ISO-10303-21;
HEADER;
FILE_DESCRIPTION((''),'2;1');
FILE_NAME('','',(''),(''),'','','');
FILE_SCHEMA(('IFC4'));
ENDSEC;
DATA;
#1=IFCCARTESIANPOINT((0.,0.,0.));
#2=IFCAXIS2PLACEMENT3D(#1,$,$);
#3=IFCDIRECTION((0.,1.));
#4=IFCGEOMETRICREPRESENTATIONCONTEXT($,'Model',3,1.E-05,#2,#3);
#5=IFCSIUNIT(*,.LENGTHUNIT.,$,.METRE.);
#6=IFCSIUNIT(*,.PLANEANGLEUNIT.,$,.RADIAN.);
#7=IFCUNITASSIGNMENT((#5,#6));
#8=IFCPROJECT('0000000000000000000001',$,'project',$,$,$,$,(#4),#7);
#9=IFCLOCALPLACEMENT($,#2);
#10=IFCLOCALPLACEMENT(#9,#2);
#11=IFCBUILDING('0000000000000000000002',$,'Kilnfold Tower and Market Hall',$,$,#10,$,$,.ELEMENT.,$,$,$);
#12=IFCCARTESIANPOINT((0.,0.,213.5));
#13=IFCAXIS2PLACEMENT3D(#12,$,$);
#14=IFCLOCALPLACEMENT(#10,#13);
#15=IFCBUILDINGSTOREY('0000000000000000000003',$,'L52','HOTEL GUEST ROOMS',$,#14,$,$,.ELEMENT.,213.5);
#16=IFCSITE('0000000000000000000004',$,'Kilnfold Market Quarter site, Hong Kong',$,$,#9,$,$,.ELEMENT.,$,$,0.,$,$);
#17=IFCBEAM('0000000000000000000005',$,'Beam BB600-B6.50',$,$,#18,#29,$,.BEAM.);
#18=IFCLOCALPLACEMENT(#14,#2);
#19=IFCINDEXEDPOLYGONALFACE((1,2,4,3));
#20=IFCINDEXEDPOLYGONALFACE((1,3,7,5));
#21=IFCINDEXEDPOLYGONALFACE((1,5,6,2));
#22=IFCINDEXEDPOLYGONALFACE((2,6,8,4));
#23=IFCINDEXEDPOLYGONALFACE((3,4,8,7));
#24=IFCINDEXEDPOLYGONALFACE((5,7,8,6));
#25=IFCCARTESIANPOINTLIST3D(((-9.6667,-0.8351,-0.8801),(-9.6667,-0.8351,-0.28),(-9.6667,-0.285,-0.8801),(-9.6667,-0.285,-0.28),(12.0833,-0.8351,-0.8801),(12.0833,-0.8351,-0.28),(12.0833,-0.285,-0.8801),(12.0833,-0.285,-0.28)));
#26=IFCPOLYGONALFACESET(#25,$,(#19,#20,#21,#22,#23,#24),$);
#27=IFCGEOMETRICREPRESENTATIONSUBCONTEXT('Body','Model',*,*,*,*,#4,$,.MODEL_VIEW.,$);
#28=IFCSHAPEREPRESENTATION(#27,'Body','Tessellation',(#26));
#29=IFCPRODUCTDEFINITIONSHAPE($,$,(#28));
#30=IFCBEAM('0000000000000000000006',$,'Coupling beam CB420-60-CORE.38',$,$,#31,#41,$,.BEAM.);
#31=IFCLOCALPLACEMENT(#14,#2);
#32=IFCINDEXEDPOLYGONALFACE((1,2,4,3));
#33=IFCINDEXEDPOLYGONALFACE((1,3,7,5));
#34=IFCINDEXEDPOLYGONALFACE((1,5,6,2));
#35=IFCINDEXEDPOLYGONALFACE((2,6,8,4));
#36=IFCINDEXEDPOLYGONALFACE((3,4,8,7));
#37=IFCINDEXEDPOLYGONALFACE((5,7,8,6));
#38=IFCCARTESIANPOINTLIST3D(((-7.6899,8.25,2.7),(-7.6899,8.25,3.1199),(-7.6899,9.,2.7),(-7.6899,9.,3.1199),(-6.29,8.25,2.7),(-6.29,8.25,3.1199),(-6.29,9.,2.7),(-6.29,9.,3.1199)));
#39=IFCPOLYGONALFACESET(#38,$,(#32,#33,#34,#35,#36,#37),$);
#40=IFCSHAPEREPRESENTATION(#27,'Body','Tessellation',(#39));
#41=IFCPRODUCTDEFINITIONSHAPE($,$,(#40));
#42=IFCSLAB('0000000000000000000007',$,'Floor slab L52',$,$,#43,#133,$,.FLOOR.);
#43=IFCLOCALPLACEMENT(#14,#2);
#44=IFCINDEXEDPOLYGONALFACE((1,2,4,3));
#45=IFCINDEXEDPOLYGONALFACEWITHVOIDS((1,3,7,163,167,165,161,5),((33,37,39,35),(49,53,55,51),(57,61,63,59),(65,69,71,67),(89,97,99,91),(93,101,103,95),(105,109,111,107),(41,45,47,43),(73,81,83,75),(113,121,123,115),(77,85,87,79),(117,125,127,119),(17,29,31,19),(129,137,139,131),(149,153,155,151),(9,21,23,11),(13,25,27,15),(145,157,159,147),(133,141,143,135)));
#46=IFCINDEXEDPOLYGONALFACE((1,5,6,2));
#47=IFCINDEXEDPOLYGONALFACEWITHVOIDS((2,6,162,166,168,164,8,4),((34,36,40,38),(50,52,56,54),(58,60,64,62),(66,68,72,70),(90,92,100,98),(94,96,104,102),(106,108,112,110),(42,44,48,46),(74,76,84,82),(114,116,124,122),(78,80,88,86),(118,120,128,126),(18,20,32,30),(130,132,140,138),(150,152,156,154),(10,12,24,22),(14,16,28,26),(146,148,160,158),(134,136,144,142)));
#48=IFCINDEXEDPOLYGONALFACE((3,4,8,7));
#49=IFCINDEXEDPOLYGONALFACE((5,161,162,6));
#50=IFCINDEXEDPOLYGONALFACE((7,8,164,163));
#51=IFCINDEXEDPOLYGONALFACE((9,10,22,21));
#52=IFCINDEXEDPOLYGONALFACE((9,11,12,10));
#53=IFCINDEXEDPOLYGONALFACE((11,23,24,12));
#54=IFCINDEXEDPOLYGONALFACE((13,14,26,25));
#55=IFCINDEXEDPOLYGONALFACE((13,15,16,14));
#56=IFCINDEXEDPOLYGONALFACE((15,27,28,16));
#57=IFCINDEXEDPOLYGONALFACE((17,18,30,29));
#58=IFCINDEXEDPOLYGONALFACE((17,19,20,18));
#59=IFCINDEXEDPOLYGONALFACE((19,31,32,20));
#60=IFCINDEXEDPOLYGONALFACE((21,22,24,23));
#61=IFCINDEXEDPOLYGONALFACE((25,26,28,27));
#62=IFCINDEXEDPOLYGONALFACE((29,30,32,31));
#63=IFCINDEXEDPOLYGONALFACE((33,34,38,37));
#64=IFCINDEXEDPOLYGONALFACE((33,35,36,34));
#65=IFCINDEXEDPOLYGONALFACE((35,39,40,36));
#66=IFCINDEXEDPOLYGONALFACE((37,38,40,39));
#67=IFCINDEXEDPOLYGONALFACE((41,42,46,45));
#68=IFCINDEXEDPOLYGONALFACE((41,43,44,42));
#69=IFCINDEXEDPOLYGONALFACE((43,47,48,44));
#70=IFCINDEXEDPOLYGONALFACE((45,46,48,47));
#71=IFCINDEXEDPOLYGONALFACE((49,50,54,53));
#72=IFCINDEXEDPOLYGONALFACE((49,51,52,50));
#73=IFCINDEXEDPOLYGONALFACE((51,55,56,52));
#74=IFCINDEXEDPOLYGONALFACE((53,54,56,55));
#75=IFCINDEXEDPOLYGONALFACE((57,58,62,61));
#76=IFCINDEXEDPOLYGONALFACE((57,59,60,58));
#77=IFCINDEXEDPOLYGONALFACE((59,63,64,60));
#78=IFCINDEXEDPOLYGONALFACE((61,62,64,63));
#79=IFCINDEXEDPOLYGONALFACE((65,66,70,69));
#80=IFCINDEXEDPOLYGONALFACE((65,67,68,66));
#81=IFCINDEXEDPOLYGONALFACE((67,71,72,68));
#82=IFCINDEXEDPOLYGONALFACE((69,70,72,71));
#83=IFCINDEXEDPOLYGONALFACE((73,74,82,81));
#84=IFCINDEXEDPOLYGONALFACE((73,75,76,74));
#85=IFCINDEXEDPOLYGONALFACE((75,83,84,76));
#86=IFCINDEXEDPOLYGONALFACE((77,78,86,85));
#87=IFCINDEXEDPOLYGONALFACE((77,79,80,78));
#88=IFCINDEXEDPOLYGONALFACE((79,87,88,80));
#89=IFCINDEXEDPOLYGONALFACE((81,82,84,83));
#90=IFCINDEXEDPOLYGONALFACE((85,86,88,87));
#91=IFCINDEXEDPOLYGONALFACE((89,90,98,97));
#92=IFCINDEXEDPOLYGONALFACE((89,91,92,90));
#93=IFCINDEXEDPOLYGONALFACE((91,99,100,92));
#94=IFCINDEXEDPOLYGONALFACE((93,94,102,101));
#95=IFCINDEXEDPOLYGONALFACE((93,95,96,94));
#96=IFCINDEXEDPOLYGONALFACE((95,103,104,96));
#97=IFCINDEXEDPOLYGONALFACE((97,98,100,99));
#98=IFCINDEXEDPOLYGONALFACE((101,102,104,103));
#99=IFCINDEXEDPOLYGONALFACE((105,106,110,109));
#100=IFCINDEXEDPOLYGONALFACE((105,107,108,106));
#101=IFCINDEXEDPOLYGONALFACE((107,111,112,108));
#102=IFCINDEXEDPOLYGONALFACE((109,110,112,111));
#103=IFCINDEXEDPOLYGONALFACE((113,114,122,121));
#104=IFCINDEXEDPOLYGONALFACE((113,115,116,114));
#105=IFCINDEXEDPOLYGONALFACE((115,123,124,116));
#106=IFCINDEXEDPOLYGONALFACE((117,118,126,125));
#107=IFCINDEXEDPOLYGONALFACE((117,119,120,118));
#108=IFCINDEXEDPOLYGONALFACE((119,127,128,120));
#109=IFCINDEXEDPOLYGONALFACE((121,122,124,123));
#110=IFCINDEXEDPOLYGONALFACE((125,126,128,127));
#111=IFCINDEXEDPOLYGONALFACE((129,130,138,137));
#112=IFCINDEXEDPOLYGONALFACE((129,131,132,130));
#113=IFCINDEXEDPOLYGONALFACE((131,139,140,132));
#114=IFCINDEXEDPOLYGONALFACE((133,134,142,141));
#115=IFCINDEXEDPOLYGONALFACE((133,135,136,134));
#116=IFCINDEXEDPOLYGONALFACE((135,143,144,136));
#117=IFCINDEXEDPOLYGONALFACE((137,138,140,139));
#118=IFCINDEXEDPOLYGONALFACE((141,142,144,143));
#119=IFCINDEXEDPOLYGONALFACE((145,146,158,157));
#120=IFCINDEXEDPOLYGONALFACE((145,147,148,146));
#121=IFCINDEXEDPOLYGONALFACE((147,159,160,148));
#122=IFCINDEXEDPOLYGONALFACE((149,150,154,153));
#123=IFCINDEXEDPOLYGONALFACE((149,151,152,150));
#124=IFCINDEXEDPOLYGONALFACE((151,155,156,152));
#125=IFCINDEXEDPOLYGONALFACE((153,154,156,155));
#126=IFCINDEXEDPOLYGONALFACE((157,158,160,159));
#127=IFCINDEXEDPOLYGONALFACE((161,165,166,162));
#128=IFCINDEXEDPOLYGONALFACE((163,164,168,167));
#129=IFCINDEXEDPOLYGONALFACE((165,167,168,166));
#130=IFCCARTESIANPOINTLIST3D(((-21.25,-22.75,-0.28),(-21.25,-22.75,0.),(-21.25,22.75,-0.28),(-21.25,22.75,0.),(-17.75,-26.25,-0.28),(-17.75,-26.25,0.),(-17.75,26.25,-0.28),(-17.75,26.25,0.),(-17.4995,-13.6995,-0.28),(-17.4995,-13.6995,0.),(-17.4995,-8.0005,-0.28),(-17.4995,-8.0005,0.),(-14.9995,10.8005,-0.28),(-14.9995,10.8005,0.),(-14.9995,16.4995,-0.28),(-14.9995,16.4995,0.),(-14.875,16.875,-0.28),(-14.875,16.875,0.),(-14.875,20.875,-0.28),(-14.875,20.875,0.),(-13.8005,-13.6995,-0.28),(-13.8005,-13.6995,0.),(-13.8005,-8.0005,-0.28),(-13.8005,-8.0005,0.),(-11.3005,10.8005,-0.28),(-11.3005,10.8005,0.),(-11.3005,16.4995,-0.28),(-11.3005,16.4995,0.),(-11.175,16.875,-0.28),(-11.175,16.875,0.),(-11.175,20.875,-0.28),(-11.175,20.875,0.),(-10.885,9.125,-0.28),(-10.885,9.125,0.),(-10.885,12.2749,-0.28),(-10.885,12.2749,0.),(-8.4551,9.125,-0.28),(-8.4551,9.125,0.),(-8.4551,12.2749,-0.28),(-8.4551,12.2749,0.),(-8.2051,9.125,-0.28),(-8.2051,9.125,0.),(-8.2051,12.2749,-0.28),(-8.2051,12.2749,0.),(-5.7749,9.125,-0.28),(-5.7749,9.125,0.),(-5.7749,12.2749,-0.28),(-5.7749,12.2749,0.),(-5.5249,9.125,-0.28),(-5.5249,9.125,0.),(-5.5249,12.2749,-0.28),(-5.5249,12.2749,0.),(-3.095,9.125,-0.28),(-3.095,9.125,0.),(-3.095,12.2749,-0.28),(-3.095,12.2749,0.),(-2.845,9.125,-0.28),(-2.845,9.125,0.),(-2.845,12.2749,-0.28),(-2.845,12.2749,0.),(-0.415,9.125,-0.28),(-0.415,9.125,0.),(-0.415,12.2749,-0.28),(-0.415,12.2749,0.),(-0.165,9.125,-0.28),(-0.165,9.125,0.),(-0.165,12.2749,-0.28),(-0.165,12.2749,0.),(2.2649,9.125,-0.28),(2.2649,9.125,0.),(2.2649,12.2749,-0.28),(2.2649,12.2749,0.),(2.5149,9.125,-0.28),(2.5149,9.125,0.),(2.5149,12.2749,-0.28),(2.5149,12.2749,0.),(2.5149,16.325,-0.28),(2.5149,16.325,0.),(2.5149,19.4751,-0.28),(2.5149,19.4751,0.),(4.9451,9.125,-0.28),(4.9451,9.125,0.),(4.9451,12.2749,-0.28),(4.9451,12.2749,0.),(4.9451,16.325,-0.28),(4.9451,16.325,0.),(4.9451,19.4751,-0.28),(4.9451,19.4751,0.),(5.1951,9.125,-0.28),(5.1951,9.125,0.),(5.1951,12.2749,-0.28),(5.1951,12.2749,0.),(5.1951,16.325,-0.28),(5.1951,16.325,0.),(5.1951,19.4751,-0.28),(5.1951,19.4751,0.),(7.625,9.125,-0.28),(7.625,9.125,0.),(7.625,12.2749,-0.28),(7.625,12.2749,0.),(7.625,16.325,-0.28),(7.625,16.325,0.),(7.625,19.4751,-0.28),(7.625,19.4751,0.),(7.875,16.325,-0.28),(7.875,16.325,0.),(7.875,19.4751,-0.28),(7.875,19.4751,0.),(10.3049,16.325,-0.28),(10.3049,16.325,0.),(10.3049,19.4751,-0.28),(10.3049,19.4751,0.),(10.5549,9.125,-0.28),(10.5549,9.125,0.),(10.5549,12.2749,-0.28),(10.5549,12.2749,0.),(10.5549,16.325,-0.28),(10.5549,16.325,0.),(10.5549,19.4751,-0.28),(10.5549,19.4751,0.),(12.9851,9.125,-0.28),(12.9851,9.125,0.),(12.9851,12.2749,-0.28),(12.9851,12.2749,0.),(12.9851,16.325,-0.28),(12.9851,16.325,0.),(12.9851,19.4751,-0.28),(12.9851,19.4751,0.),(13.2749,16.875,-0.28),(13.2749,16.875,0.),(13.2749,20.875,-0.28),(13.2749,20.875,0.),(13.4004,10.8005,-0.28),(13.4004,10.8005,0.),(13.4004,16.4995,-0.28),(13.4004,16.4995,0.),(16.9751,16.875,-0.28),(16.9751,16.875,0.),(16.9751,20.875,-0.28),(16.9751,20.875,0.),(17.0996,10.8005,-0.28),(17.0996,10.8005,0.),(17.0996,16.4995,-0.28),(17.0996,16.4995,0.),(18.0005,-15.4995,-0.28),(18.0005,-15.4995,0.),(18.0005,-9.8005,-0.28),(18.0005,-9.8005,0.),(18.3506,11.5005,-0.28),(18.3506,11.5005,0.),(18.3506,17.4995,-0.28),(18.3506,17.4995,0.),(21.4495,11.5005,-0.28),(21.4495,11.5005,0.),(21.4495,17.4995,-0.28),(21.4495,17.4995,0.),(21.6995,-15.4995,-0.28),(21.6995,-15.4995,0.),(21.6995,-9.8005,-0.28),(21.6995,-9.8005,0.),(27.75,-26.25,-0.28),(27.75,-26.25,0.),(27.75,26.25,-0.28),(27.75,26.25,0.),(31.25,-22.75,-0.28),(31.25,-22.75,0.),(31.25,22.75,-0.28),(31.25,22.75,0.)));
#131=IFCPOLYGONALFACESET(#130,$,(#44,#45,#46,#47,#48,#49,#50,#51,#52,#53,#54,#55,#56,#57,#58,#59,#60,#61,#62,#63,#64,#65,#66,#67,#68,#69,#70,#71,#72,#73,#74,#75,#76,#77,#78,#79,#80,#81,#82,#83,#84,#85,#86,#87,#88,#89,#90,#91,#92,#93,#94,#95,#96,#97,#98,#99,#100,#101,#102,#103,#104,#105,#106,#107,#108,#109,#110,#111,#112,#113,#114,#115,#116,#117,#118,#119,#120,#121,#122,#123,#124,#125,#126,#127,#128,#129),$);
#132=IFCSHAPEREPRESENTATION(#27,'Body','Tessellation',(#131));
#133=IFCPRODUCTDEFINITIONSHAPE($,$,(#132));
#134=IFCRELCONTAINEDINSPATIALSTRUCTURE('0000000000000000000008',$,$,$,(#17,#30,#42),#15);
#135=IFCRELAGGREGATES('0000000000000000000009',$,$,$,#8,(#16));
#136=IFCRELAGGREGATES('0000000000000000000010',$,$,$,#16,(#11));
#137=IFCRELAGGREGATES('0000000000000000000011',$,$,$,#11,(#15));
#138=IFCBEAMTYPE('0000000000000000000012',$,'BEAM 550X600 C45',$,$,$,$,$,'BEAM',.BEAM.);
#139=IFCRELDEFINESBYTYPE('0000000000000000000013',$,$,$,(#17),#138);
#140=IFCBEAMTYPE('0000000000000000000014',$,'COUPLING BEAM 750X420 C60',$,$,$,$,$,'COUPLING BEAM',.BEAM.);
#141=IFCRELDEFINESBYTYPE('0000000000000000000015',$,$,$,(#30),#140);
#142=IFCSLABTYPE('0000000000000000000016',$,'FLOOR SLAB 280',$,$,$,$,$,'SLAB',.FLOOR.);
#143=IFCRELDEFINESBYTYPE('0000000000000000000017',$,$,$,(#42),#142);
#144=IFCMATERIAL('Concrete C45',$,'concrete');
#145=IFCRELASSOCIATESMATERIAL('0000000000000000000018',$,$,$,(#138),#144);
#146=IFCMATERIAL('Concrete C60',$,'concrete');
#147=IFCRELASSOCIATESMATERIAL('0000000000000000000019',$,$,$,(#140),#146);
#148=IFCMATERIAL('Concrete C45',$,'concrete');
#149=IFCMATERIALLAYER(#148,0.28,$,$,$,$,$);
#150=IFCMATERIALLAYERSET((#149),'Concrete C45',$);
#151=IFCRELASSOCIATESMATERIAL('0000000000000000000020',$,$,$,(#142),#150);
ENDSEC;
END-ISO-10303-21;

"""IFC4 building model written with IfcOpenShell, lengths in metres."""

from ifc_helpers import new_model, si_unit, direction, frame, origin, origin_2d, place, context, subcontext, project, spatial, polyline, rectangle, outline, extrude, source, transform, mapped, material, layer, layer_set, material_profile, profile_set, type_object, element, save


model = new_model("IFC4")

# Units and contexts
model_context = context("Model", 3, precision=1e-05, world=origin(), true_north=direction((0.0, 1.0)))
body_context = subcontext(model_context, "Body", "Model", "MODEL_VIEW")
ifc_project = project(units=[si_unit("LENGTHUNIT", "METRE"), si_unit("PLANEANGLEUNIT", "RADIAN")], contexts=[model_context])

# Site, building, storey
site_placement = place(None, origin())
site = spatial("IfcSite", under=ifc_project, at=site_placement, Name="Kilnfold Market Quarter site, Hong Kong", CompositionType="ELEMENT", RefElevation=0.0)
building_placement = place(site_placement, origin())
building = spatial("IfcBuilding", under=site, at=building_placement, Name="Kilnfold Tower and Market Hall", CompositionType="ELEMENT")
storey_placement = place(building_placement, frame((0.0, 0.0, 213.5)))
storey = spatial("IfcBuildingStorey", under=building, at=storey_placement, Name="L52", Description="HOTEL GUEST ROOMS", CompositionType="ELEMENT", Elevation=213.5)

# Beams
ifc_material_1 = material(Name="Concrete C45", Category="concrete")
ifc_material_profile_1 = material_profile(ifc_material_1, rectangle(XDim=0.55, YDim=0.6001, at=origin_2d()), Name="RC 550x600")
ifc_profile_set_1 = profile_set([ifc_material_profile_1], Name="Concrete C45")
beam_type_1 = type_object("IfcBeamType", Name="BEAM 550X600 C45", ElementType="BEAM", PredefinedType="BEAM", material=ifc_profile_set_1)
shared_shape_1 = source(origin(), body_context, "Body", "SweptSolid", [
    extrude(rectangle(XDim=0.55, YDim=0.6001, at=origin_2d()), origin(), (0.0, 0.0, 1.0), 21.75),
])
beam_1_placement = place(storey_placement, frame((-9.6667, -0.5601, -0.5801), z_axis=(1.0, 0.0, 0.0), x_axis=(0.0, 1.0, 0.0)))
element("IfcBeam", 1, at=beam_1_placement, inside=storey, type_object=beam_type_1, Name="Beam BB600-B6.50", PredefinedType="BEAM", context=body_context, shape_type="MappedRepresentation", body=[
    mapped(shared_shape_1, transform((0.0, 0.0, 0.0))),
])
ifc_material_2 = material(Name="Concrete C60", Category="concrete")
ifc_material_profile_2 = material_profile(ifc_material_2, rectangle(XDim=0.75, YDim=0.4199, at=origin_2d()), Name="RC 750x420")
ifc_profile_set_2 = profile_set([ifc_material_profile_2], Name="Concrete C60")
beam_type_2 = type_object("IfcBeamType", Name="COUPLING BEAM 750X420 C60", ElementType="COUPLING BEAM", PredefinedType="BEAM", material=ifc_profile_set_2)
shared_shape_2 = source(origin(), body_context, "Body", "SweptSolid", [
    extrude(rectangle(XDim=0.75, YDim=0.4199, at=origin_2d()), origin(), (0.0, 0.0, 1.0), 1.3999),
])
beam_2_placement = place(storey_placement, frame((-7.6899, 8.625, 2.9099), z_axis=(1.0, 0.0, 0.0), x_axis=(0.0, 1.0, 0.0)))
element("IfcBeam", 2, at=beam_2_placement, inside=storey, type_object=beam_type_2, Name="Coupling beam CB420-60-CORE.38", PredefinedType="BEAM", context=body_context, shape_type="MappedRepresentation", body=[
    mapped(shared_shape_2, transform((0.0, 0.0, 0.0))),
])

# Slab
ifc_material_3 = material(Name="Concrete C45", Category="concrete")
ifc_layer_1 = layer(ifc_material_3, 0.28)
ifc_layer_set_1 = layer_set([ifc_layer_1], Name="Concrete C45")
slab_type_1 = type_object("IfcSlabType", Name="FLOOR SLAB 280", ElementType="SLAB", PredefinedType="FLOOR", material=ifc_layer_set_1)
shared_shape_3 = source(origin(), body_context, "Body", "SweptSolid", [
    extrude(outline(polyline([(-17.75, -26.25), (27.75, -26.25), (31.25, -22.75), (31.25, 22.75), (27.75, 26.25), (-17.75, 26.25), (-21.25, 22.75), (-21.25, -22.75), (-17.75, -26.25)]), holes=[polyline([(-13.8005, -13.6995), (-17.4995, -13.6995), (-17.4995, -8.0005), (-13.8005, -8.0005), (-13.8005, -13.6995)]), polyline([(-14.9995, 10.8005), (-14.9995, 16.4995), (-11.3005, 16.4995), (-11.3005, 10.8005), (-14.9995, 10.8005)]), polyline([(-11.175, 16.875), (-14.875, 16.875), (-14.875, 20.875), (-11.175, 20.875), (-11.175, 16.875)]), polyline([(-8.4551, 9.125), (-10.885, 9.125), (-10.885, 12.2749), (-8.4551, 12.2749), (-8.4551, 9.125)]), polyline([(-5.7749, 9.125), (-8.2051, 9.125), (-8.2051, 12.2749), (-5.7749, 12.2749), (-5.7749, 9.125)]), polyline([(-3.095, 9.125), (-5.5249, 9.125), (-5.5249, 12.2749), (-3.095, 12.2749), (-3.095, 9.125)]), polyline([(-0.415, 9.125), (-2.845, 9.125), (-2.845, 12.2749), (-0.415, 12.2749), (-0.415, 9.125)]), polyline([(2.2649, 9.125), (-0.165, 9.125), (-0.165, 12.2749), (2.2649, 12.2749), (2.2649, 9.125)]), polyline([(4.9451, 9.125), (2.5149, 9.125), (2.5149, 12.2749), (4.9451, 12.2749), (4.9451, 9.125)]), polyline([(2.5149, 16.325), (2.5149, 19.4751), (4.9451, 19.4751), (4.9451, 16.325), (2.5149, 16.325)]), polyline([(7.625, 9.125), (5.1951, 9.125), (5.1951, 12.2749), (7.625, 12.2749), (7.625, 9.125)]), polyline([(7.625, 16.325), (5.1951, 16.325), (5.1951, 19.4751), (7.625, 19.4751), (7.625, 16.325)]), polyline([(10.3049, 16.325), (7.875, 16.325), (7.875, 19.4751), (10.3049, 19.4751), (10.3049, 16.325)]), polyline([(10.5549, 9.125), (10.5549, 12.2749), (12.9851, 12.2749), (12.9851, 9.125), (10.5549, 9.125)]), polyline([(10.5549, 16.325), (10.5549, 19.4751), (12.9851, 19.4751), (12.9851, 16.325), (10.5549, 16.325)]), polyline([(13.2749, 16.875), (13.2749, 20.875), (16.9751, 20.875), (16.9751, 16.875), (13.2749, 16.875)]), polyline([(13.4004, 10.8005), (13.4004, 16.4995), (17.0996, 16.4995), (17.0996, 10.8005), (13.4004, 10.8005)]), polyline([(18.0005, -9.8005), (21.6995, -9.8005), (21.6995, -15.4995), (18.0005, -15.4995), (18.0005, -9.8005)]), polyline([(21.4495, 11.5005), (18.3506, 11.5005), (18.3506, 17.4995), (21.4495, 17.4995), (21.4495, 11.5005)])]), origin(), (0.0, 0.0, 1.0), 0.28),
])
slab_1_placement = place(storey_placement, frame((0.0, 0.0, -0.28)))
element("IfcSlab", 3, at=slab_1_placement, inside=storey, type_object=slab_type_1, Name="Floor slab L52", PredefinedType="FLOOR", context=body_context, shape_type="MappedRepresentation", body=[
    mapped(shared_shape_3, transform((0.0, 0.0, 0.0))),
])

save(model, "model.ifc")
